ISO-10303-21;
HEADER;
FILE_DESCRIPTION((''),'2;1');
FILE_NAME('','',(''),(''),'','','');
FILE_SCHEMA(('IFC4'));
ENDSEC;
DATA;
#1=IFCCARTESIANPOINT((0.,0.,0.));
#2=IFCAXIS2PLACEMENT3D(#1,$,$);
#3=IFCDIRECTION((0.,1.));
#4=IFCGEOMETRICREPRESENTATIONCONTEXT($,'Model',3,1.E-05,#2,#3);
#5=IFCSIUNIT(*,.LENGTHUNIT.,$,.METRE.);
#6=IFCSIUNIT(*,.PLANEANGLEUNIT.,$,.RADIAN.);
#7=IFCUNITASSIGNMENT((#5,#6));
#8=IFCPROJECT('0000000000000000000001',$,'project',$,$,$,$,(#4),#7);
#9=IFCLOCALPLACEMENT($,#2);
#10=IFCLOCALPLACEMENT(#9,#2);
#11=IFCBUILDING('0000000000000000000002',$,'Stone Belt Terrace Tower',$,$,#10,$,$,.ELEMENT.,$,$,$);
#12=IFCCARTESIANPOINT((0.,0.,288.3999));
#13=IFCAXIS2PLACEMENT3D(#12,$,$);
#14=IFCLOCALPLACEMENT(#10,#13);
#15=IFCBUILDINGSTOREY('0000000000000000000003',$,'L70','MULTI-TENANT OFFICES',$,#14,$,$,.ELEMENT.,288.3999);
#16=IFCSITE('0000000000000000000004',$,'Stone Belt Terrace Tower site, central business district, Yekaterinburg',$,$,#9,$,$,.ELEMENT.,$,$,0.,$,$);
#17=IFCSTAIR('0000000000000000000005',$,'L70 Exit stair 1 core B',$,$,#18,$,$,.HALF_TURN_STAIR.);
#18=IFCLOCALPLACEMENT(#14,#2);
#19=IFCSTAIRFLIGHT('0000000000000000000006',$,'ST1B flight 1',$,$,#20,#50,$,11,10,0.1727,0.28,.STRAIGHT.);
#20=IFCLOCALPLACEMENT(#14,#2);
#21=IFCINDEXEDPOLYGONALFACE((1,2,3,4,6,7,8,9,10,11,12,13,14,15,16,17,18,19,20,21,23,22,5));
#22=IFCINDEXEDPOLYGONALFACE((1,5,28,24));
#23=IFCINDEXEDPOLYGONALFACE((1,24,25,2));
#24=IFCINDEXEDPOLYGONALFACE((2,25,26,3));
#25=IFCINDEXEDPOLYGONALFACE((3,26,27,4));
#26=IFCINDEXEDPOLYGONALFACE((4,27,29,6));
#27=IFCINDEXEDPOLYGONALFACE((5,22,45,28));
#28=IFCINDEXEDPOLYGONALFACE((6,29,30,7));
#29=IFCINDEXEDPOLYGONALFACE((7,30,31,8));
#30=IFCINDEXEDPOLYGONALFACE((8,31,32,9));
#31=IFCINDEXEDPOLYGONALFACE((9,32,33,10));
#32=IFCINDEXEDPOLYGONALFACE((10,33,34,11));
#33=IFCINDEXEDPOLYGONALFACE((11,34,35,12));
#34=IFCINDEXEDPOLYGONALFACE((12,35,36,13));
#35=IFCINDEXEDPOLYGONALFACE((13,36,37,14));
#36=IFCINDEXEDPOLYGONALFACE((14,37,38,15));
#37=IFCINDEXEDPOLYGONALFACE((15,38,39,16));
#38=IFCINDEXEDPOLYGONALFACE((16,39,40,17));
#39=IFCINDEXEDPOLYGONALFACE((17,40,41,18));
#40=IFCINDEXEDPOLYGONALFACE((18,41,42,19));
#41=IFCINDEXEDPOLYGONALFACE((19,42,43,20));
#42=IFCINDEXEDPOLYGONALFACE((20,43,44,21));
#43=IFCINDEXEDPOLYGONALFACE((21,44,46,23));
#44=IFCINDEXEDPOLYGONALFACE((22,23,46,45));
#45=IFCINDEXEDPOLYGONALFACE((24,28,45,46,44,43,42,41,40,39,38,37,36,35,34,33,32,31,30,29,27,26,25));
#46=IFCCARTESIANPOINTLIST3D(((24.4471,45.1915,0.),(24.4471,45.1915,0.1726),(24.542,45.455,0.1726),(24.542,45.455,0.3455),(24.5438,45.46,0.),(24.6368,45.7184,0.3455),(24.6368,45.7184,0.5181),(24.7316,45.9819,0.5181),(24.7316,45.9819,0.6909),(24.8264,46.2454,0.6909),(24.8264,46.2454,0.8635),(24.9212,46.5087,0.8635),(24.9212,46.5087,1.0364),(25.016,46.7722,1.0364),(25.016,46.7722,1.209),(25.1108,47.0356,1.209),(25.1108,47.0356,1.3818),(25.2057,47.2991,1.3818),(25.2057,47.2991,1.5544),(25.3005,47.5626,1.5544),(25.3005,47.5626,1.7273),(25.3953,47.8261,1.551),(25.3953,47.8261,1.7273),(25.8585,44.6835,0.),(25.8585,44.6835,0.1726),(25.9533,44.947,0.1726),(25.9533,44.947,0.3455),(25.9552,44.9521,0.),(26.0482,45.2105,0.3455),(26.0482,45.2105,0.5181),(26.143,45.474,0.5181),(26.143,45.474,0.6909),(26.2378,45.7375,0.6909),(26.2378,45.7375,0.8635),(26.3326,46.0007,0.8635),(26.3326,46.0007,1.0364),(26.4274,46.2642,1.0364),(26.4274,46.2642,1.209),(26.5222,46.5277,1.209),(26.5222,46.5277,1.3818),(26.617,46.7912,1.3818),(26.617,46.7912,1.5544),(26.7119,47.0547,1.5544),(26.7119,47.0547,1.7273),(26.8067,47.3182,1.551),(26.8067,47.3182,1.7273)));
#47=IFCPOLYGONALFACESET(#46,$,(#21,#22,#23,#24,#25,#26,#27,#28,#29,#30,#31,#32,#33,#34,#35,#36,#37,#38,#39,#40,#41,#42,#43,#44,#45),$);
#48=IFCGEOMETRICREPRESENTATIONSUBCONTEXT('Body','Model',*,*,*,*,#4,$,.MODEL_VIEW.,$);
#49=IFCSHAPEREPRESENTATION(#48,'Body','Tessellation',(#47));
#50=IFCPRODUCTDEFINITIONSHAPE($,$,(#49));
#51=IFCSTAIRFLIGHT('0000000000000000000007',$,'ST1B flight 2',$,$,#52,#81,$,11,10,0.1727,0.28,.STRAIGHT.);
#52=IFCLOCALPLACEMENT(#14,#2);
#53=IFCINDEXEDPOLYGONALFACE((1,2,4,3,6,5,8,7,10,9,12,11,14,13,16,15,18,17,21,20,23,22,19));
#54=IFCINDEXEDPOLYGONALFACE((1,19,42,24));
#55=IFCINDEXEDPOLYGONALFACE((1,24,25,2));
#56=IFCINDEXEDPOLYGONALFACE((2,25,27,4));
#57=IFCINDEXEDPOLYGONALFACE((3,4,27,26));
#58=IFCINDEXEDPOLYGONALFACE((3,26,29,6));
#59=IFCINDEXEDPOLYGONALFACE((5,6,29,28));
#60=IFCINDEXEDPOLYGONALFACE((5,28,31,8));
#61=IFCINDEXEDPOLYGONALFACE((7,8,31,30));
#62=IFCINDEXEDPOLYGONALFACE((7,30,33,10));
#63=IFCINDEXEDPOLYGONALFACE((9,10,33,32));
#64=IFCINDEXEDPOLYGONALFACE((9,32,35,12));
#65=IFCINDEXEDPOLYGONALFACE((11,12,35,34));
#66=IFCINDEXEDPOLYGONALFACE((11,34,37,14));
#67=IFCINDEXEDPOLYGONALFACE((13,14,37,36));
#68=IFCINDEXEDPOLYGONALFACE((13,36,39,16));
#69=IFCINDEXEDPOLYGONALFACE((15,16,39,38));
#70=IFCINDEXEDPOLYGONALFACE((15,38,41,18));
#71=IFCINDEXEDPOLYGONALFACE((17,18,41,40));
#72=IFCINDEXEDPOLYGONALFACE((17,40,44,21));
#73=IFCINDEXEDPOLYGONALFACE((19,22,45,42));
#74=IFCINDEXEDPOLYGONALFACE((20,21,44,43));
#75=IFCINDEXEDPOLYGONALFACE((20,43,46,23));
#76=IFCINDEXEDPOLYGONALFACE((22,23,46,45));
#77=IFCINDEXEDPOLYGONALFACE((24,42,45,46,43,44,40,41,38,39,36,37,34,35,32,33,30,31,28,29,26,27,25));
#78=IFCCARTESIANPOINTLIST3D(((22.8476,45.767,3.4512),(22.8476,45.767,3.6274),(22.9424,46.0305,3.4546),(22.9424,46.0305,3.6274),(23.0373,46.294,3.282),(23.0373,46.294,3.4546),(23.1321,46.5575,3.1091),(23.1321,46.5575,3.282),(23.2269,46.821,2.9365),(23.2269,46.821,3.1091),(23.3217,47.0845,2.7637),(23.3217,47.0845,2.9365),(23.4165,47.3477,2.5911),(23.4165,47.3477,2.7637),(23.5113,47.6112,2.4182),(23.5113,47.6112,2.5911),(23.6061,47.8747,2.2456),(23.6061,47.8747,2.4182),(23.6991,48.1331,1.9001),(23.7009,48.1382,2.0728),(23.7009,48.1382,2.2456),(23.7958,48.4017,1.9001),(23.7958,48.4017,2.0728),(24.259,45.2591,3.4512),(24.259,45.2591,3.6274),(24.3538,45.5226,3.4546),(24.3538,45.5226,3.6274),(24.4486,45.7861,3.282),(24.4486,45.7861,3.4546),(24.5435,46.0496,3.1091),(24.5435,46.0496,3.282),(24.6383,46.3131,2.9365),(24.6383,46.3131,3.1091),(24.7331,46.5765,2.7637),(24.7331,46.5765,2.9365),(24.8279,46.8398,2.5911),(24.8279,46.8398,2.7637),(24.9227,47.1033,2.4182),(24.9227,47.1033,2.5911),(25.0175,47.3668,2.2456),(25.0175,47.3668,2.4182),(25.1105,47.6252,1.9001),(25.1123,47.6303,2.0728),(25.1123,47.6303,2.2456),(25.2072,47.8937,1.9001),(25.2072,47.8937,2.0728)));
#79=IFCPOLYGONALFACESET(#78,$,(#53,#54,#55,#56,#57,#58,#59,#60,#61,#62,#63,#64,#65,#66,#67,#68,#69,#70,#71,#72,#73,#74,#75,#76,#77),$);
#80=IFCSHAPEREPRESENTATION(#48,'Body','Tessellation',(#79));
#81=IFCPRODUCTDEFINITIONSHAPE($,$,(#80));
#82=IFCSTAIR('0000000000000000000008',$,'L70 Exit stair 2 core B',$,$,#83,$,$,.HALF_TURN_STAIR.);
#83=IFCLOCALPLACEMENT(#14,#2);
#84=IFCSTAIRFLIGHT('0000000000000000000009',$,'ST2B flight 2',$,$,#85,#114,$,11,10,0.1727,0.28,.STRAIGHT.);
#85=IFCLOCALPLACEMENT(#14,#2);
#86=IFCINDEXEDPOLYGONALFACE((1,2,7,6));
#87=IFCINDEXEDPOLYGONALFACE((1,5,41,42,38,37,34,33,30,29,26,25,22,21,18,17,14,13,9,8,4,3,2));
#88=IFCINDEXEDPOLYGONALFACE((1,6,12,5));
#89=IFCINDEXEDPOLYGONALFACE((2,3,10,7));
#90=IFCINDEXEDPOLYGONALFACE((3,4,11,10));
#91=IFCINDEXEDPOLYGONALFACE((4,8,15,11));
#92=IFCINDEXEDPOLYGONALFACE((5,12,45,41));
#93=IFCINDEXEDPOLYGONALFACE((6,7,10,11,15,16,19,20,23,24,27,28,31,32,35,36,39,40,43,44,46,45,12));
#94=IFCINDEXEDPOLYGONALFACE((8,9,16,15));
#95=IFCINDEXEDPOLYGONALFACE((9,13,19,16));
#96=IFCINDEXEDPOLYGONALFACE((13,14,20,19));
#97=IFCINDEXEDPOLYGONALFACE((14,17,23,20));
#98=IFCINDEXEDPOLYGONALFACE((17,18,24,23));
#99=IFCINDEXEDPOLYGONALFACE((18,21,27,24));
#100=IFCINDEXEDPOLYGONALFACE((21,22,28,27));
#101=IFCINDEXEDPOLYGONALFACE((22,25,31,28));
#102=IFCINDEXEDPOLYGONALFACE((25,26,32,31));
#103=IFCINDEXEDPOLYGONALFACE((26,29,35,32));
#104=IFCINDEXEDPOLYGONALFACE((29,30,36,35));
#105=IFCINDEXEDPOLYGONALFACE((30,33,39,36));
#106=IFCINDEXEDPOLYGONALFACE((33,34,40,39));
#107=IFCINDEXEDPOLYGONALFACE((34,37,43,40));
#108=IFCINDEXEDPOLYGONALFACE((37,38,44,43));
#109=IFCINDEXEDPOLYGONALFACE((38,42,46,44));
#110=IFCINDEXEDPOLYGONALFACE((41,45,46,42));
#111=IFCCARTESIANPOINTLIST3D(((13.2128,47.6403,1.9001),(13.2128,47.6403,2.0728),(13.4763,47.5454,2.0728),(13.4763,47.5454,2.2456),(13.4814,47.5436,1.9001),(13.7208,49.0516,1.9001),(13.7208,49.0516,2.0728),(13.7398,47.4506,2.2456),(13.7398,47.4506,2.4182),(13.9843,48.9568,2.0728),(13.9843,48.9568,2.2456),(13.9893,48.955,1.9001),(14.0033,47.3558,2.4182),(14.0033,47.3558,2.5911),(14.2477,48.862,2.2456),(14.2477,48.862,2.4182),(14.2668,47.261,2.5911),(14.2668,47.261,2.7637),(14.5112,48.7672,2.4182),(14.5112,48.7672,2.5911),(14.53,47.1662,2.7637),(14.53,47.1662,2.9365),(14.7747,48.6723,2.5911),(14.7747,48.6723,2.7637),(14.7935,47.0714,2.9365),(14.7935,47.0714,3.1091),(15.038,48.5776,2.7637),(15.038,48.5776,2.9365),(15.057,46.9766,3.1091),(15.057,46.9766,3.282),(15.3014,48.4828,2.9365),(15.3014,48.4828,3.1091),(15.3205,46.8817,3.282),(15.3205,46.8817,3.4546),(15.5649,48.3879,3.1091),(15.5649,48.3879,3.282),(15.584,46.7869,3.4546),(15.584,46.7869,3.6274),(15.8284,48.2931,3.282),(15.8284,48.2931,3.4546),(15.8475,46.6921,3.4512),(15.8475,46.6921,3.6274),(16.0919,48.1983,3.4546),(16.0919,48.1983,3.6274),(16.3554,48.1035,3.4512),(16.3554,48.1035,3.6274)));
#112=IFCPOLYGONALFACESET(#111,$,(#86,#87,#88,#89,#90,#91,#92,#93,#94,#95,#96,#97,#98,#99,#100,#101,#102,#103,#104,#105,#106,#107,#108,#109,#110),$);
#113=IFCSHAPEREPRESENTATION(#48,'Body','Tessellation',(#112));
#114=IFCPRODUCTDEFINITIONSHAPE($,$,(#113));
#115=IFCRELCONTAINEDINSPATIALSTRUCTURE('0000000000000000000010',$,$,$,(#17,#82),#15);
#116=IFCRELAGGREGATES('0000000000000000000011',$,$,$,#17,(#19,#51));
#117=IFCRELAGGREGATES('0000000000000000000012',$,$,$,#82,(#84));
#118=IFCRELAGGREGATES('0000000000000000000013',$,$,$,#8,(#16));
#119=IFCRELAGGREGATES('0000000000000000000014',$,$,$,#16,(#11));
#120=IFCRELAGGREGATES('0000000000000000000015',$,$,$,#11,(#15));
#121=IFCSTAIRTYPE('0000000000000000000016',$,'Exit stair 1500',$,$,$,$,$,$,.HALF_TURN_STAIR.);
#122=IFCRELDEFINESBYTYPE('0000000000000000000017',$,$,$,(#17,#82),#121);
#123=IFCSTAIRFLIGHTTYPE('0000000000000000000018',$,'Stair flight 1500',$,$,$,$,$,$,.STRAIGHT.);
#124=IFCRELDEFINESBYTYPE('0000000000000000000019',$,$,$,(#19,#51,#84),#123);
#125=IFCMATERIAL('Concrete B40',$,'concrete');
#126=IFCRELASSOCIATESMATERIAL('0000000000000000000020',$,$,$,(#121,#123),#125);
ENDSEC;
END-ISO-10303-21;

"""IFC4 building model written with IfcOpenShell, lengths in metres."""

from ifc_helpers import new_model, si_unit, direction, frame, origin, place, context, subcontext, project, spatial, polyline, outline, extrude, material, type_object, element, aggregate, save


model = new_model("IFC4")

# Units and contexts
model_context = context("Model", 3, precision=1e-05, world=origin(), true_north=direction((0.0, 1.0)))
body_context = subcontext(model_context, "Body", "Model", "MODEL_VIEW")
ifc_project = project(units=[si_unit("LENGTHUNIT", "METRE"), si_unit("PLANEANGLEUNIT", "RADIAN")], contexts=[model_context])

# Site, building, storey
site_placement = place(None, origin())
site = spatial("IfcSite", under=ifc_project, at=site_placement, Name="Stone Belt Terrace Tower site, central business district, Yekaterinburg", CompositionType="ELEMENT", RefElevation=0.0)
building_placement = place(site_placement, origin())
building = spatial("IfcBuilding", under=site, at=building_placement, Name="Stone Belt Terrace Tower", CompositionType="ELEMENT")
storey_placement = place(building_placement, frame((0.0, 0.0, 288.3999)))
storey = spatial("IfcBuildingStorey", under=building, at=storey_placement, Name="L70", Description="MULTI-TENANT OFFICES", CompositionType="ELEMENT", Elevation=288.3999)

# Stair, stair flights
ifc_material_1 = material(Name="Concrete B40", Category="concrete")
stair_type = type_object("IfcStairType", Name="Exit stair 1500", PredefinedType="HALF_TURN_STAIR", material=ifc_material_1)
stair_1_placement = place(storey_placement, origin())
stair_1 = element("IfcStair", 1, at=stair_1_placement, inside=storey, type_object=stair_type, Name="L70 Exit stair 1 core B", PredefinedType="HALF_TURN_STAIR")
stair_flight_type = type_object("IfcStairFlightType", Name="Stair flight 1500", PredefinedType="STRAIGHT", material=ifc_material_1)
stair_flight_1_placement = place(storey_placement, frame((25.1528, 44.9375, 0.0), z_axis=(0.0, 0.0, 1.0), x_axis=(0.338624, 0.940922, 0.0)))
stair_flight_1 = element("IfcStairFlight", 2, at=stair_flight_1_placement, type_object=stair_flight_type, Name="ST1B flight 1", NumberOfRisers=11, NumberOfTreads=10, PredefinedType="STRAIGHT", RiserHeight=0.1727, TreadLength=0.28, context=body_context, shape_type="SweptSolid", body=[
    extrude(outline(polyline([(0.0, 0.0), (0.0, 0.1726), (0.28, 0.1726), (0.28, 0.3455), (0.5601, 0.3455), (0.5601, 0.5181), (0.8401, 0.5181), (0.8401, 0.6909), (1.1201, 0.6909), (1.1201, 0.8635), (1.3999, 0.8635), (1.3999, 1.0364), (1.6799, 1.0364), (1.6799, 1.209), (1.96, 1.209), (1.96, 1.3818), (2.24, 1.3818), (2.24, 1.5544), (2.52, 1.5544), (2.52, 1.7273), (2.8, 1.7273), (2.8, 1.8999), (2.8, 1.551), (0.2854, 0.0), (0.0, 0.0)])), frame((0.0, 0.75, 0.0), z_axis=(0.0, -1.0, 0.0), x_axis=(1.0, 0.0, 0.0)), (0.0, 0.0, 1.0), 1.5),
])
stair_flight_2_placement = place(storey_placement, frame((24.5015, 48.1477, 1.9001), z_axis=(0.0, 0.0, 1.0), x_axis=(-0.338624, -0.940922, 0.0)))
stair_flight_2 = element("IfcStairFlight", 3, at=stair_flight_2_placement, type_object=stair_flight_type, Name="ST1B flight 2", NumberOfRisers=11, NumberOfTreads=10, PredefinedType="STRAIGHT", RiserHeight=0.1727, TreadLength=0.28, context=body_context, shape_type="SweptSolid", body=[
    extrude(outline(polyline([(0.0, 0.0), (0.0, 0.1726), (0.28, 0.1726), (0.28, 0.3455), (0.5601, 0.3455), (0.5601, 0.5181), (0.8401, 0.5181), (0.8401, 0.6909), (1.1201, 0.6909), (1.1201, 0.8635), (1.3999, 0.8635), (1.3999, 1.0364), (1.6799, 1.0364), (1.6799, 1.209), (1.96, 1.209), (1.96, 1.3818), (2.24, 1.3818), (2.24, 1.5544), (2.52, 1.5544), (2.52, 1.7273), (2.8, 1.7273), (2.8, 1.8999), (2.8, 1.551), (0.2854, 0.0), (0.0, 0.0)])), frame((0.0, 0.75, 0.0), z_axis=(0.0, -1.0, 0.0), x_axis=(1.0, 0.0, 0.0)), (0.0, 0.0, 1.0), 1.5),
])
aggregate(stair_1, [stair_flight_1, stair_flight_2])

# Stair, stair flight
stair_2_placement = place(storey_placement, origin())
stair_2 = element("IfcStair", 4, at=stair_2_placement, inside=storey, type_object=stair_type, Name="L70 Exit stair 2 core B", PredefinedType="HALF_TURN_STAIR")
stair_flight_3_placement = place(storey_placement, frame((13.4668, 48.3459, 1.9001), z_axis=(0.0, 0.0, 1.0), x_axis=(0.940922, -0.338624, 0.0)))
stair_flight_3 = element("IfcStairFlight", 5, at=stair_flight_3_placement, type_object=stair_flight_type, Name="ST2B flight 2", NumberOfRisers=11, NumberOfTreads=10, PredefinedType="STRAIGHT", RiserHeight=0.1727, TreadLength=0.28, context=body_context, shape_type="SweptSolid", body=[
    extrude(outline(polyline([(0.0, 0.0), (0.0, 0.1726), (0.28, 0.1726), (0.28, 0.3455), (0.5601, 0.3455), (0.5601, 0.5181), (0.8401, 0.5181), (0.8401, 0.6909), (1.1201, 0.6909), (1.1201, 0.8635), (1.3999, 0.8635), (1.3999, 1.0364), (1.6799, 1.0364), (1.6799, 1.209), (1.96, 1.209), (1.96, 1.3818), (2.24, 1.3818), (2.24, 1.5544), (2.52, 1.5544), (2.52, 1.7273), (2.8, 1.7273), (2.8, 1.8999), (2.8, 1.551), (0.2854, 0.0), (0.0, 0.0)])), frame((0.0, 0.75, 0.0), z_axis=(0.0, -1.0, 0.0), x_axis=(1.0, 0.0, 0.0)), (0.0, 0.0, 1.0), 1.5),
])
aggregate(stair_2, [stair_flight_3])

save(model, "model.ifc")
